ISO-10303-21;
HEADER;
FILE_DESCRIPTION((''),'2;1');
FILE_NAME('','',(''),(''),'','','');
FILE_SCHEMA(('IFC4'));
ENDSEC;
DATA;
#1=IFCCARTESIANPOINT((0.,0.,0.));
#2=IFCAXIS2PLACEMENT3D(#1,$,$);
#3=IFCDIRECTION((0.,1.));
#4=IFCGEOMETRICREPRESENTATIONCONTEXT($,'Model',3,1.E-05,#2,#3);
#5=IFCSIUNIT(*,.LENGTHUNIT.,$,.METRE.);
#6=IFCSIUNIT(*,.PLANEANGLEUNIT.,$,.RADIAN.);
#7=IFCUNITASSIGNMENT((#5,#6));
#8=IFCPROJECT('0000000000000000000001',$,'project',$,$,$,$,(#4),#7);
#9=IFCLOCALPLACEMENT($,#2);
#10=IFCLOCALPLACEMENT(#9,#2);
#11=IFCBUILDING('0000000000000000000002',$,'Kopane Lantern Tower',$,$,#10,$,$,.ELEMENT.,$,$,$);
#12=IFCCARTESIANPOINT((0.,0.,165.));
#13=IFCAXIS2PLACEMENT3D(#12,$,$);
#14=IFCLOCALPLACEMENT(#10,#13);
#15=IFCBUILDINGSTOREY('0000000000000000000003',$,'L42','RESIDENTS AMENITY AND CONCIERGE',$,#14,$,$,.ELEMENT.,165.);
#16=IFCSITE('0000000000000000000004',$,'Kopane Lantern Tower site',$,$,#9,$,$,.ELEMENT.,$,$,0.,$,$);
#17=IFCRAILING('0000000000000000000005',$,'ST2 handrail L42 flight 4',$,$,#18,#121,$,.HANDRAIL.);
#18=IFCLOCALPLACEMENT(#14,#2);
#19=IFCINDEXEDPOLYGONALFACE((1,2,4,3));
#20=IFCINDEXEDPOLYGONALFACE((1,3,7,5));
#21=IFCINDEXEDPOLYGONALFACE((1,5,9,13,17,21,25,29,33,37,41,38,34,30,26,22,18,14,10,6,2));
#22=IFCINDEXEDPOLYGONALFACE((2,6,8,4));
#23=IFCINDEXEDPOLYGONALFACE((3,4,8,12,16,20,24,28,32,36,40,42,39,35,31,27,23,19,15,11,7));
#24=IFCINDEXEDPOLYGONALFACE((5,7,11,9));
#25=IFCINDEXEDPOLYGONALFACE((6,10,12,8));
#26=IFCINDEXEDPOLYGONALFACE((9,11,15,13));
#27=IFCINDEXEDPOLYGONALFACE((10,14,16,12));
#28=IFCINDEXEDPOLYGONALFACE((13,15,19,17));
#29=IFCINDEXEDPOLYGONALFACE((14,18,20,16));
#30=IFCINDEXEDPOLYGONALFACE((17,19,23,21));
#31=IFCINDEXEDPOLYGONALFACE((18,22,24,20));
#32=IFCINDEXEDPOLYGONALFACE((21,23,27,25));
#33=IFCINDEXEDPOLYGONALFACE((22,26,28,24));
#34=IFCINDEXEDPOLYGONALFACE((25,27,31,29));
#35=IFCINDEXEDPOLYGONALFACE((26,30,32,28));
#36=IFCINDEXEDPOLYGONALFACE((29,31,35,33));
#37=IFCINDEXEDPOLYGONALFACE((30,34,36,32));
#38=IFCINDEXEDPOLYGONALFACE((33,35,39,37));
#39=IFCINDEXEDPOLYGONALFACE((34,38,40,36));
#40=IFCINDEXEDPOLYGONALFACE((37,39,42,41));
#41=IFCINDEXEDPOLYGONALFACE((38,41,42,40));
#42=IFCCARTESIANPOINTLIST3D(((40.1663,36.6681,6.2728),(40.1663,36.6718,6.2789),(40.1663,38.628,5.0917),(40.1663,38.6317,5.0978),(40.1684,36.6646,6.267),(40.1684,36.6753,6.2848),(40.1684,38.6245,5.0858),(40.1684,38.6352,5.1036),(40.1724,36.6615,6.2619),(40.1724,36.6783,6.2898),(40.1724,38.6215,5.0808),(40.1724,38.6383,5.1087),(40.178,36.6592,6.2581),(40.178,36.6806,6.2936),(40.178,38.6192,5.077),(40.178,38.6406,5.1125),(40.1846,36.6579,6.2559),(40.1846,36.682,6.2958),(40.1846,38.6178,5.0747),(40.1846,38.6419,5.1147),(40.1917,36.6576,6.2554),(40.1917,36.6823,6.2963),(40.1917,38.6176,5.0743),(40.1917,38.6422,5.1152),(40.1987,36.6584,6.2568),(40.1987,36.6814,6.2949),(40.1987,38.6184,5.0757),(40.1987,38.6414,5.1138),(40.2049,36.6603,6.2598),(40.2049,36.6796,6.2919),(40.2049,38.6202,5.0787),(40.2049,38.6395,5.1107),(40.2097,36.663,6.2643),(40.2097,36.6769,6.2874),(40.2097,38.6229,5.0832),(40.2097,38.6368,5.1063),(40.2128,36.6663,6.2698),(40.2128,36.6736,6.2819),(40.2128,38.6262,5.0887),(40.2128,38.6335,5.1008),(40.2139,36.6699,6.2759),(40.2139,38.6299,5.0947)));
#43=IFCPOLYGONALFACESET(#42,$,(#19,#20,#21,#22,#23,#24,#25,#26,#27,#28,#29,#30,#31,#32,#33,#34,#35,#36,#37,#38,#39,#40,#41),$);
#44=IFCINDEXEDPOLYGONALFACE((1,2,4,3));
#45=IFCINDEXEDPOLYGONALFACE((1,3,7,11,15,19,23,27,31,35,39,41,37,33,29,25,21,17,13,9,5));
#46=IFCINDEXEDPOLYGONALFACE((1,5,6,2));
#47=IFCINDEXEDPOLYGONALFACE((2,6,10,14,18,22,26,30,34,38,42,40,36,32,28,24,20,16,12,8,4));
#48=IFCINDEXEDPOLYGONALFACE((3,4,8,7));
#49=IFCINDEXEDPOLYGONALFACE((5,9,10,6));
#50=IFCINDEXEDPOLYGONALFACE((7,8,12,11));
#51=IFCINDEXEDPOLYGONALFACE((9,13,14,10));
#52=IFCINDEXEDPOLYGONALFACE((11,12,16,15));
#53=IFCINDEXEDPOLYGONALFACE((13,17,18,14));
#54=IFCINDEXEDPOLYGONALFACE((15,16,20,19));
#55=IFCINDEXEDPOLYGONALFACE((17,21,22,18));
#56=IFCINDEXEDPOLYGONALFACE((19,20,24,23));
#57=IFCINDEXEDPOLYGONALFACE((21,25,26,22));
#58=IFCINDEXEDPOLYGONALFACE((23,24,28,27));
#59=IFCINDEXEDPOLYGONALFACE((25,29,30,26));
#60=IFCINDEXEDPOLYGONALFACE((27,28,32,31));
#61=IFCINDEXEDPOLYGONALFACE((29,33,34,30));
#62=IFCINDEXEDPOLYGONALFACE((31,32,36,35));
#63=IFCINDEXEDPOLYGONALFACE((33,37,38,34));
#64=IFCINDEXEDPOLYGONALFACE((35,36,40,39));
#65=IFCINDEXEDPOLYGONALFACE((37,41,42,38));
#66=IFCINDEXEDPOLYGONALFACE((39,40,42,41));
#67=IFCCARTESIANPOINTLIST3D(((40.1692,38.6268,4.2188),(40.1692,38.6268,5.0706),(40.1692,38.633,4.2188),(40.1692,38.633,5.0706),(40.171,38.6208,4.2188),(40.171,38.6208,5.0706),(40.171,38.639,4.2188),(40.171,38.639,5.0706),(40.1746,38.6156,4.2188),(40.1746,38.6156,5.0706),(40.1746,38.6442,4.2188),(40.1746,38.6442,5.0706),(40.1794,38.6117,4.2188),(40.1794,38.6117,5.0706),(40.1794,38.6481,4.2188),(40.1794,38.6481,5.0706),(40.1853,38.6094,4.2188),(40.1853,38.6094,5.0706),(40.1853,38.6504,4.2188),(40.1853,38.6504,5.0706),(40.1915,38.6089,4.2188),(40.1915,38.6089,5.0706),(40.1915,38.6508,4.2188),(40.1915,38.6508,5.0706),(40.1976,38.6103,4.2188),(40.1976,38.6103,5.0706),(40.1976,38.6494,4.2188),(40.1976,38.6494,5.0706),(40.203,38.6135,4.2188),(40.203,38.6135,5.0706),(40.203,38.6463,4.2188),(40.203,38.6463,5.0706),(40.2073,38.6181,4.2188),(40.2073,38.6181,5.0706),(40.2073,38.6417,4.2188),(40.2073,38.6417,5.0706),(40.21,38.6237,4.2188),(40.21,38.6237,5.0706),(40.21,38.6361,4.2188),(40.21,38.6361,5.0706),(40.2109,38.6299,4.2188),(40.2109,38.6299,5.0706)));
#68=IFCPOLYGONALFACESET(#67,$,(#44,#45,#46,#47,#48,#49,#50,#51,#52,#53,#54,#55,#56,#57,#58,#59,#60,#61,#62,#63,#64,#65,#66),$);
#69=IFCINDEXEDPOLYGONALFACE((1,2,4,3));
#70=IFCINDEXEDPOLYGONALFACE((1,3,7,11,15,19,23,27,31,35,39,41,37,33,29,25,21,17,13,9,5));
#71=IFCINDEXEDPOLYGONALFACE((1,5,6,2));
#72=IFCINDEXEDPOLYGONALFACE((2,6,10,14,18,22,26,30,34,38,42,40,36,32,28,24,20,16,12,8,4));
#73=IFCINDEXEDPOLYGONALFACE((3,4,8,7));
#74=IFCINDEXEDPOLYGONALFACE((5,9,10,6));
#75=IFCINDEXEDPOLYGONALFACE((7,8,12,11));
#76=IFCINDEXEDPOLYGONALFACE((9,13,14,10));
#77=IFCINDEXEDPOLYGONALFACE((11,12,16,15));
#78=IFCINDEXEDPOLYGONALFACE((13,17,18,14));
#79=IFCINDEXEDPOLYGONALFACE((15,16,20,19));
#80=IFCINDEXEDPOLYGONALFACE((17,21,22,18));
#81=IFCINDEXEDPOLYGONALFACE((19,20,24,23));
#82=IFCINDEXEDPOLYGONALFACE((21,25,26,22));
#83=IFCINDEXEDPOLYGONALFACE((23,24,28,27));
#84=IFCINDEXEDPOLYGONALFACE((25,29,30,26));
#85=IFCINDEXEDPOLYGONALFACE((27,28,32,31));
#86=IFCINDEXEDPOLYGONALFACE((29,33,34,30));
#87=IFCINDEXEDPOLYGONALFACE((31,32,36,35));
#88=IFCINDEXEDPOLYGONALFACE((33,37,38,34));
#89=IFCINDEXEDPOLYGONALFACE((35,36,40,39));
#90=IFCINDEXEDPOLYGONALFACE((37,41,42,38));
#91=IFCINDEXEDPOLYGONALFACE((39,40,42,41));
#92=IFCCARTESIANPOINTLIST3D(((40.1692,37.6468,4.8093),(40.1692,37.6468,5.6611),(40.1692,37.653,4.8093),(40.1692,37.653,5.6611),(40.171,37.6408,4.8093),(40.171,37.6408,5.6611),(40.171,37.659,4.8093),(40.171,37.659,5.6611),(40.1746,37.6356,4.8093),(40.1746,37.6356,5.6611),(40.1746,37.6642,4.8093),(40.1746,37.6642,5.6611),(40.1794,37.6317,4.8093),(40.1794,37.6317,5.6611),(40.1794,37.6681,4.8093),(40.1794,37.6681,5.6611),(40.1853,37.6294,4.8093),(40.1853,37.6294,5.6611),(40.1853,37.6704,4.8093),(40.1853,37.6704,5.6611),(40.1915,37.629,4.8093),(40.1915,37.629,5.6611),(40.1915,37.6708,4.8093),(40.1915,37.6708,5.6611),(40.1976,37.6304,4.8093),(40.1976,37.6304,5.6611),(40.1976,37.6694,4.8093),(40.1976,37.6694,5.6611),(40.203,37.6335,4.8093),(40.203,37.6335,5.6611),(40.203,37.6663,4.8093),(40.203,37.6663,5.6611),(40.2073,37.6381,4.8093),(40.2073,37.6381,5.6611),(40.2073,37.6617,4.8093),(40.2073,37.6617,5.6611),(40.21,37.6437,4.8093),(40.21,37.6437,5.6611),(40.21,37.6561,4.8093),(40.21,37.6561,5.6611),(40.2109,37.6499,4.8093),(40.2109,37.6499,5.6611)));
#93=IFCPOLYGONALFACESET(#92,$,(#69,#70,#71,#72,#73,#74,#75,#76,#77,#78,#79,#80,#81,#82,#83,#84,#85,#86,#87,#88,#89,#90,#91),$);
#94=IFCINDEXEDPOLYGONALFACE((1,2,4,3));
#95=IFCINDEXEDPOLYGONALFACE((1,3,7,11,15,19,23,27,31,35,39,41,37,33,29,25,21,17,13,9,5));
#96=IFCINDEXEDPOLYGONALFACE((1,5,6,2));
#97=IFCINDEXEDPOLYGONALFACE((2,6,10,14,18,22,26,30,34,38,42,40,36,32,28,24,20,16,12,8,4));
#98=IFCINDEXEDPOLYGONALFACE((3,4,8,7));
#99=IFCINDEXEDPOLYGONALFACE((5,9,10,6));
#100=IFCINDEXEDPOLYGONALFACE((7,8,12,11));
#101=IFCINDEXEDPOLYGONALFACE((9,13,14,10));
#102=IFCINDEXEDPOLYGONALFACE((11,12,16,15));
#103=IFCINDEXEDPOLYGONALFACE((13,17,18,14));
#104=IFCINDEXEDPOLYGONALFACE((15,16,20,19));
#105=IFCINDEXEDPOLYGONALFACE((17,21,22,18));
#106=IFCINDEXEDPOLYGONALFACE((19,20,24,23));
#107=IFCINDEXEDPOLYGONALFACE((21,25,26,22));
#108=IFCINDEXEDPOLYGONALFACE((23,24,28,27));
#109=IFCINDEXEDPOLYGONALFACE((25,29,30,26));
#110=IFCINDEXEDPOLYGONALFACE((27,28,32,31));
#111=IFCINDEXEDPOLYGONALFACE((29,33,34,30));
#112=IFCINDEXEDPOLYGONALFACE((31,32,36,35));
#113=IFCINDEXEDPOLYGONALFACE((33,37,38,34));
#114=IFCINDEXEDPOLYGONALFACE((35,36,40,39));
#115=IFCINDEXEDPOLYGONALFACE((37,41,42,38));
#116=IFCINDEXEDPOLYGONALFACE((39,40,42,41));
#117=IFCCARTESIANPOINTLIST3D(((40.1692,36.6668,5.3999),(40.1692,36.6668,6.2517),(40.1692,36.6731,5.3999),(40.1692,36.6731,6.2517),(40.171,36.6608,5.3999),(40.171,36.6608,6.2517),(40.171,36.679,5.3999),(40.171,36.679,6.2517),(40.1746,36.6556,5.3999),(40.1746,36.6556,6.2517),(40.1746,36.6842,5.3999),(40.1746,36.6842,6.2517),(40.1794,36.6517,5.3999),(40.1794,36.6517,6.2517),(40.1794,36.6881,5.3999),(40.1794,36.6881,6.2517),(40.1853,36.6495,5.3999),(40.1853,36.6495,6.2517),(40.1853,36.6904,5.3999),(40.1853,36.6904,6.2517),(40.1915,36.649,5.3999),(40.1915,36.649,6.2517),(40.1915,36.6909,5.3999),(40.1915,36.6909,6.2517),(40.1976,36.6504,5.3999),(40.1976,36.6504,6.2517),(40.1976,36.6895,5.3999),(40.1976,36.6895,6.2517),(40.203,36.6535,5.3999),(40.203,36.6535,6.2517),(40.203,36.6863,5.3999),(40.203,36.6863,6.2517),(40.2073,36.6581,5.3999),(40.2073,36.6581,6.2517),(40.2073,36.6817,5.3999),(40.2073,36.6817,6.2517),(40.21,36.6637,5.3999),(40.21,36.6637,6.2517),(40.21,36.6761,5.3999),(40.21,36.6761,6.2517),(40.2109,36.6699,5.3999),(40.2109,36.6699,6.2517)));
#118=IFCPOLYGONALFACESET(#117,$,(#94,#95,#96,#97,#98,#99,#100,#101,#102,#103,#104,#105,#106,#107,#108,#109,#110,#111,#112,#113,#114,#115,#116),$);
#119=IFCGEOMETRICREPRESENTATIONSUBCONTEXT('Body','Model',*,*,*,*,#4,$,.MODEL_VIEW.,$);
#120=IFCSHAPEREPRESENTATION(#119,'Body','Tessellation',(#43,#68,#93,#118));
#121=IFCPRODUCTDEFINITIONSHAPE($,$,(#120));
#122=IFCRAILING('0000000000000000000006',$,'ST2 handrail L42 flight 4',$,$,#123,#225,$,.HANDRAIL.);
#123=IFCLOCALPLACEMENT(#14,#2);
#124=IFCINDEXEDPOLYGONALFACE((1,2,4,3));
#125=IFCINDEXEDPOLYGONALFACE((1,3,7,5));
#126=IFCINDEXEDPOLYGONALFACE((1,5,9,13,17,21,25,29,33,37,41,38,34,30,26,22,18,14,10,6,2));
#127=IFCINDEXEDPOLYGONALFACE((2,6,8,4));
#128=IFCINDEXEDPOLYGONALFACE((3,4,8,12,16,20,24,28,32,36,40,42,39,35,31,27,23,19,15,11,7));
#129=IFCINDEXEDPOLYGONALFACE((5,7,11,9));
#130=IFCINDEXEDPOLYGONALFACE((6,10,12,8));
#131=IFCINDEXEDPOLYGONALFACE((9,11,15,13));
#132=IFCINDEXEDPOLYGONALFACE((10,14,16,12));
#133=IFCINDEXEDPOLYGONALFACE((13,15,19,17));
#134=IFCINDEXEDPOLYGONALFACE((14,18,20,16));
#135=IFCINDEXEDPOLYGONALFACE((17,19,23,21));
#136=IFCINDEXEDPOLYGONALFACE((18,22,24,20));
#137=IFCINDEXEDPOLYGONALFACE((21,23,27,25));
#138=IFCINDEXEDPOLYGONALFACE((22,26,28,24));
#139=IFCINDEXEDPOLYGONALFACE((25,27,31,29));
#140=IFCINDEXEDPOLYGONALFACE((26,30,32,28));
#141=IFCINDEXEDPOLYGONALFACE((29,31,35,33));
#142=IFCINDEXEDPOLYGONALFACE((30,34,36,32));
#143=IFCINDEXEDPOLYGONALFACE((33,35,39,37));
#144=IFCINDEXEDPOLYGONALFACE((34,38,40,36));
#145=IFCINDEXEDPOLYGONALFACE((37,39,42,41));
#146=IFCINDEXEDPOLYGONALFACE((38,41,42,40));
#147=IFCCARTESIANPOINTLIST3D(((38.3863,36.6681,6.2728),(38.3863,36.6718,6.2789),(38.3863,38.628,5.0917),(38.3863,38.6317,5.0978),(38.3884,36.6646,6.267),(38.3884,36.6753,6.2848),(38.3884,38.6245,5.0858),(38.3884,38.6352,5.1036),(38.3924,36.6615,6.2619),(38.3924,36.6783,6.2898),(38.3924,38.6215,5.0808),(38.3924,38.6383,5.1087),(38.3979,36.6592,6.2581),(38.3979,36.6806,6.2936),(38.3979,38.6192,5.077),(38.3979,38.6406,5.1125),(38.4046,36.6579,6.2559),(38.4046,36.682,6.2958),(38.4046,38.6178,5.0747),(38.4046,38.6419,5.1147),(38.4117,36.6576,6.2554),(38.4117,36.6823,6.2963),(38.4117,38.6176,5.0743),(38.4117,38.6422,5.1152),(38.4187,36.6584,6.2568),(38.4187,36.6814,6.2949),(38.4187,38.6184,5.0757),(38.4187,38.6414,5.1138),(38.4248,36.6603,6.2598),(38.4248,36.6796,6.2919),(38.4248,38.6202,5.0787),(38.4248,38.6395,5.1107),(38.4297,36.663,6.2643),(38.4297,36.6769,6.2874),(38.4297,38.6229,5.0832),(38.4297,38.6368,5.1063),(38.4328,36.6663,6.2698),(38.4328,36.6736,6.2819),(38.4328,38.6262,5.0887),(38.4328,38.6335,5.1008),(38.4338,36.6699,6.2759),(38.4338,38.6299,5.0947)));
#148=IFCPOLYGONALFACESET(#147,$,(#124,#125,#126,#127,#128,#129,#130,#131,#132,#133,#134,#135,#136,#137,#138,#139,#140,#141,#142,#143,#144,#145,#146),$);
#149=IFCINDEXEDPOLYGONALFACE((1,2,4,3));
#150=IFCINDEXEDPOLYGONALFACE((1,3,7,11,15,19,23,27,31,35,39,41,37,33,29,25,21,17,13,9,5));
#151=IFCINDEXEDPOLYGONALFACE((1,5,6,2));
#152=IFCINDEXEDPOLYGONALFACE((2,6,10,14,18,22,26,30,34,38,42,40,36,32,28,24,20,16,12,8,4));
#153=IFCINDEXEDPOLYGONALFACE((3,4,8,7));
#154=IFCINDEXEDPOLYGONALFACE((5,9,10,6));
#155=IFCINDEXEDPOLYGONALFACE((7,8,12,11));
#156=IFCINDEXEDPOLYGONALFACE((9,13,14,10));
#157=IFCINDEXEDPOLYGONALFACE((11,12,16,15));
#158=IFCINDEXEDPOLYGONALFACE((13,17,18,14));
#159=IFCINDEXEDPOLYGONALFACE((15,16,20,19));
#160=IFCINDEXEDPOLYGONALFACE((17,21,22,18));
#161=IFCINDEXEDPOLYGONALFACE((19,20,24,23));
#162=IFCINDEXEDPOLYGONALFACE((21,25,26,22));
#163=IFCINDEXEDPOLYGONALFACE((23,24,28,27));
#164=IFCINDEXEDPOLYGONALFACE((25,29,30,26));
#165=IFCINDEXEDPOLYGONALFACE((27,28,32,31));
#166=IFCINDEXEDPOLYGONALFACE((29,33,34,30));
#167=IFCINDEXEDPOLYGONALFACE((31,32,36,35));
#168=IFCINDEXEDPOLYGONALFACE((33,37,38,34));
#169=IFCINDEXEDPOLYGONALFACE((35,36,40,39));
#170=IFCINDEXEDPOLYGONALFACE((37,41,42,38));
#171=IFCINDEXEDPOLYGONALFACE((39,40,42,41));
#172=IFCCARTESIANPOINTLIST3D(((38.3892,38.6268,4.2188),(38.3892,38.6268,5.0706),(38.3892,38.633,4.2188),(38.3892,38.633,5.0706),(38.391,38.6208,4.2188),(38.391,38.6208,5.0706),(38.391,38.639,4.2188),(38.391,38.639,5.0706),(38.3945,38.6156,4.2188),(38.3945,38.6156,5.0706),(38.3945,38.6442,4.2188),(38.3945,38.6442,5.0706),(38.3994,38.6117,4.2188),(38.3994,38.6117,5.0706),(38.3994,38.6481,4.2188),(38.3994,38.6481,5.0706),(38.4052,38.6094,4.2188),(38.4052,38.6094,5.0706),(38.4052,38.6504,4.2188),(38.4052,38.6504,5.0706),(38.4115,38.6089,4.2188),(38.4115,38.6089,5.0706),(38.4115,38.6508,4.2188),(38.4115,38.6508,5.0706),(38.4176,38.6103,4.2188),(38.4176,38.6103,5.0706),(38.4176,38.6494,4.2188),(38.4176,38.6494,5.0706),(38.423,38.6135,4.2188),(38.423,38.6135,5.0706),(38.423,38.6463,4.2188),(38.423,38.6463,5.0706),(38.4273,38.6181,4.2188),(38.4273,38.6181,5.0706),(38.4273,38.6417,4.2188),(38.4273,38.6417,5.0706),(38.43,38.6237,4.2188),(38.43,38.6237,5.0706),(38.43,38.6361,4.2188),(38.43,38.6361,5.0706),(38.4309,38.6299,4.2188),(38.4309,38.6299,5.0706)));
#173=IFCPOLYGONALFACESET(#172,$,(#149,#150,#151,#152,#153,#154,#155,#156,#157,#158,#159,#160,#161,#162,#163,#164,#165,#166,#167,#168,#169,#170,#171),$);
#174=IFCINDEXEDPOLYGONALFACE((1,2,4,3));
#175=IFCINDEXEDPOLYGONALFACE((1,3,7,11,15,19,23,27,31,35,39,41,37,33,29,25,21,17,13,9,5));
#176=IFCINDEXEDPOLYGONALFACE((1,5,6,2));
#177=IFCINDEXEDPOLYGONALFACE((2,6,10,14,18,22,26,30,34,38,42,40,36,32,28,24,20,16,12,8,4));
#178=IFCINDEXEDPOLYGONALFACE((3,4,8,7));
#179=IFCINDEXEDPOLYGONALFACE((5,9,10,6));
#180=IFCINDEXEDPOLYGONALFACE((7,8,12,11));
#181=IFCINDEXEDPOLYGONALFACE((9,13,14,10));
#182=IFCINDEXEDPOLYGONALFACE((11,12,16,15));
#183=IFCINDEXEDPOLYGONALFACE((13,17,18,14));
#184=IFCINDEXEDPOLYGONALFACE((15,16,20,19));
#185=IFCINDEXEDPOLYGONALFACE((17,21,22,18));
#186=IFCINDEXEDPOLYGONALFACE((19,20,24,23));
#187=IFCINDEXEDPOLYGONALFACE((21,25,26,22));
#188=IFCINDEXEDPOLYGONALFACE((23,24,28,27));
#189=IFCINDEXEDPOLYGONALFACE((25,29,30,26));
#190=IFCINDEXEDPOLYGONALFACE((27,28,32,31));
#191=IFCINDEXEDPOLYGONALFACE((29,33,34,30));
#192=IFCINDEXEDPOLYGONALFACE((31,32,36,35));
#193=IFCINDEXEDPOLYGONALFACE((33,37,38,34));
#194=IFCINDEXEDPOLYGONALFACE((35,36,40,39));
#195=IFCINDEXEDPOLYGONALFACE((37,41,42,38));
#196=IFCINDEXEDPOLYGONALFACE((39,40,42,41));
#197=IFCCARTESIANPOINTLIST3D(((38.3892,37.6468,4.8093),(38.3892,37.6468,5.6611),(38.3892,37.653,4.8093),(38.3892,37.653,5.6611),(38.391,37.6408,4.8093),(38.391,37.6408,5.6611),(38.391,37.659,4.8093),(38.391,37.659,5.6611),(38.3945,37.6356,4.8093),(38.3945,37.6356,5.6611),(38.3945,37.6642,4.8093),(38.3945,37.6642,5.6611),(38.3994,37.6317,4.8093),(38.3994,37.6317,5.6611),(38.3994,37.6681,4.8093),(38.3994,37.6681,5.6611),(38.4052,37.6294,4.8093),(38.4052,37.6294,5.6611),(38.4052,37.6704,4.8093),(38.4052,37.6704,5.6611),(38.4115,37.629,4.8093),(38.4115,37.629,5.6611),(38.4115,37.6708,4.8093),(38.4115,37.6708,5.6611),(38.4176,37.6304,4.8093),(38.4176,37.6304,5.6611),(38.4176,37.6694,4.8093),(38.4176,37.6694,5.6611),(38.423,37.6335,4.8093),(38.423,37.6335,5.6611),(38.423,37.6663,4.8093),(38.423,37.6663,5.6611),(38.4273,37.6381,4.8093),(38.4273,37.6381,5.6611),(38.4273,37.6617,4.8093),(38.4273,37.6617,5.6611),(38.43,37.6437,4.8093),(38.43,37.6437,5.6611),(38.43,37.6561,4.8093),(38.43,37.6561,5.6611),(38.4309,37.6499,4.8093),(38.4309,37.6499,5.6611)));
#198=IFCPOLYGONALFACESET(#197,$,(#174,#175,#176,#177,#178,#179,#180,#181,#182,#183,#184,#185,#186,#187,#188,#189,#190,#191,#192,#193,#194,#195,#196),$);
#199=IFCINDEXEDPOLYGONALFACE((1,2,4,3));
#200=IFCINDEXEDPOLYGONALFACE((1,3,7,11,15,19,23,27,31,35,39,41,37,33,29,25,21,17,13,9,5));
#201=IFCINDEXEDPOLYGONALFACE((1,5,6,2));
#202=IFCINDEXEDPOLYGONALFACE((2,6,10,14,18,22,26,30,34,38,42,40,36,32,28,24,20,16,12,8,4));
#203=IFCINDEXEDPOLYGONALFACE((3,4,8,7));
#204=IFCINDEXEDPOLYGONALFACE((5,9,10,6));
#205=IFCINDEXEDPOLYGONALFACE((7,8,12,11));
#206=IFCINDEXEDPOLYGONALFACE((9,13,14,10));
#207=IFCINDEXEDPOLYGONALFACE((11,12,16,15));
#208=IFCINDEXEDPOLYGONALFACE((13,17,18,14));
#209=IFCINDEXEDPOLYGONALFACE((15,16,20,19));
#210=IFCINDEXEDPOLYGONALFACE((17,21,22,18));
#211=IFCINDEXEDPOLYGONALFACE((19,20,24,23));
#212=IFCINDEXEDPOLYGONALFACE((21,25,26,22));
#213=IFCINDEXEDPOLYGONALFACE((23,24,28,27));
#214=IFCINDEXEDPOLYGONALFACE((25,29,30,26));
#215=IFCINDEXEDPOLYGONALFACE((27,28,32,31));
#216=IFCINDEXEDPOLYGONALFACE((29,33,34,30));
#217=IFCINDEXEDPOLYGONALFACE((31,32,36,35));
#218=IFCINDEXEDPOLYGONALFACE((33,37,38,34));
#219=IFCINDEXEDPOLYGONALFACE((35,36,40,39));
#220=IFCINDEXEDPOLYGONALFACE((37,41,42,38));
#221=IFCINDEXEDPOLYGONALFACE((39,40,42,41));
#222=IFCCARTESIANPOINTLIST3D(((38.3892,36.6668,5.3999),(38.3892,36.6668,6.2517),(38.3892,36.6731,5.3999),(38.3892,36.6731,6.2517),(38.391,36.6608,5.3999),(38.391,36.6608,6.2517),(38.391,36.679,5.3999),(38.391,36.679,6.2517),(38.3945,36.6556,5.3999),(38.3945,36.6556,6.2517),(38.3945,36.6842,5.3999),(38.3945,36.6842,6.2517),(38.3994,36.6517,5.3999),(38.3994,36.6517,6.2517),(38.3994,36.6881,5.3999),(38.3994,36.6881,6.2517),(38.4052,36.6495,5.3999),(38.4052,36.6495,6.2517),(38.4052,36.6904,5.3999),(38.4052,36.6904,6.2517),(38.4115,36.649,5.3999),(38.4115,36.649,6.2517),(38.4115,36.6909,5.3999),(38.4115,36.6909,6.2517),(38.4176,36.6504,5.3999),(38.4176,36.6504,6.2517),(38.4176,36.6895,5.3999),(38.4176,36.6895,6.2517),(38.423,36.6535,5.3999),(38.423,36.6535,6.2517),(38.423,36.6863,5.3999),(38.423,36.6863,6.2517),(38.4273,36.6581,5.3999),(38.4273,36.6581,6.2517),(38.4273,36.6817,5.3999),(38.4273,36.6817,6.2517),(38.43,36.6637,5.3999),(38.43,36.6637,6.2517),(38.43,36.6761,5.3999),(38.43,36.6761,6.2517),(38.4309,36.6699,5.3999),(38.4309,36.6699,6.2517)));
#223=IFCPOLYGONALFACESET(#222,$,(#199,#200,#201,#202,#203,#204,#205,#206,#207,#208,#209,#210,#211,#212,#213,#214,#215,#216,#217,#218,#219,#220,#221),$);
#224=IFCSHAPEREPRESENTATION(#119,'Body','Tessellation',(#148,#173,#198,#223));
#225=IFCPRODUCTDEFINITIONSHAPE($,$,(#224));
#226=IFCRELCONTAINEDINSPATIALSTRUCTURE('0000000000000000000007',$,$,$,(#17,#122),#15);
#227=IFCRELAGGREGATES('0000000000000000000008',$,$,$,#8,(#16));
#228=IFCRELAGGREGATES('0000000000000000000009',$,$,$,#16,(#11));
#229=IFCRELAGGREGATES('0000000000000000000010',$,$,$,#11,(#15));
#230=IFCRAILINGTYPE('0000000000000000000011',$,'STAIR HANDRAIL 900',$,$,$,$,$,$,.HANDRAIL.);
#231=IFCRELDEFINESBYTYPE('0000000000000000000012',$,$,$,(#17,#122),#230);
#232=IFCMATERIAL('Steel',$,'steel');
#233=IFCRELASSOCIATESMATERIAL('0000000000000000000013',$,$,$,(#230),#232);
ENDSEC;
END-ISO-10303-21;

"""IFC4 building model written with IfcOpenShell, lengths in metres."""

from ifc_helpers import new_model, si_unit, direction, frame, origin, origin_2d, place, context, subcontext, project, spatial, circle, extrude, material, type_object, element, save


model = new_model("IFC4")

# Units and contexts
model_context = context("Model", 3, precision=1e-05, world=origin(), true_north=direction((0.0, 1.0)))
body_context = subcontext(model_context, "Body", "Model", "MODEL_VIEW")
ifc_project = project(units=[si_unit("LENGTHUNIT", "METRE"), si_unit("PLANEANGLEUNIT", "RADIAN")], contexts=[model_context])

# Site, building, storey
site_placement = place(None, origin())
site = spatial("IfcSite", under=ifc_project, at=site_placement, Name="Kopane Lantern Tower site", CompositionType="ELEMENT", RefElevation=0.0)
building_placement = place(site_placement, origin())
building = spatial("IfcBuilding", under=site, at=building_placement, Name="Kopane Lantern Tower", CompositionType="ELEMENT")
storey_placement = place(building_placement, frame((0.0, 0.0, 165.0)))
storey = spatial("IfcBuildingStorey", under=building, at=storey_placement, Name="L42", Description="RESIDENTS AMENITY AND CONCIERGE", CompositionType="ELEMENT", Elevation=165.0)

# Railings
ifc_material_1 = material(Name="Steel", Category="steel")
railing_type_1 = type_object("IfcRailingType", Name="STAIR HANDRAIL 900", PredefinedType="HANDRAIL", material=ifc_material_1)
for number, where, name in (
    (1, (40.1899, 38.6299, 4.2188), "ST2 handrail L42 flight 4"),
    (2, (38.4099, 38.6299, 4.2188), "ST2 handrail L42 flight 4"),
):
    element("IfcRailing", number, at=place(storey_placement, frame(where)), inside=storey, type_object=railing_type_1, Name=name, PredefinedType="HANDRAIL", context=body_context, shape_type="SweptSolid", body=[
        extrude(circle(Radius=0.0239, at=origin_2d()), frame((0.0, 0.0, 0.876), z_axis=(0.0, -0.856493, 0.516158), x_axis=(1.0, 0.0, 0.0)), (0.0, 0.0, 1.0), 2.2883),
        extrude(circle(Radius=0.021, at=origin_2d()), origin(), (0.0, 0.0, 1.0), 0.8518),
        extrude(circle(Radius=0.021, at=origin_2d()), frame((0.0, -0.98, 0.5906)), (0.0, 0.0, 1.0), 0.8518),
        extrude(circle(Radius=0.021, at=origin_2d()), frame((0.0, -1.96, 1.1812)), (0.0, 0.0, 1.0), 0.8518),
    ])

save(model, "model.ifc")
